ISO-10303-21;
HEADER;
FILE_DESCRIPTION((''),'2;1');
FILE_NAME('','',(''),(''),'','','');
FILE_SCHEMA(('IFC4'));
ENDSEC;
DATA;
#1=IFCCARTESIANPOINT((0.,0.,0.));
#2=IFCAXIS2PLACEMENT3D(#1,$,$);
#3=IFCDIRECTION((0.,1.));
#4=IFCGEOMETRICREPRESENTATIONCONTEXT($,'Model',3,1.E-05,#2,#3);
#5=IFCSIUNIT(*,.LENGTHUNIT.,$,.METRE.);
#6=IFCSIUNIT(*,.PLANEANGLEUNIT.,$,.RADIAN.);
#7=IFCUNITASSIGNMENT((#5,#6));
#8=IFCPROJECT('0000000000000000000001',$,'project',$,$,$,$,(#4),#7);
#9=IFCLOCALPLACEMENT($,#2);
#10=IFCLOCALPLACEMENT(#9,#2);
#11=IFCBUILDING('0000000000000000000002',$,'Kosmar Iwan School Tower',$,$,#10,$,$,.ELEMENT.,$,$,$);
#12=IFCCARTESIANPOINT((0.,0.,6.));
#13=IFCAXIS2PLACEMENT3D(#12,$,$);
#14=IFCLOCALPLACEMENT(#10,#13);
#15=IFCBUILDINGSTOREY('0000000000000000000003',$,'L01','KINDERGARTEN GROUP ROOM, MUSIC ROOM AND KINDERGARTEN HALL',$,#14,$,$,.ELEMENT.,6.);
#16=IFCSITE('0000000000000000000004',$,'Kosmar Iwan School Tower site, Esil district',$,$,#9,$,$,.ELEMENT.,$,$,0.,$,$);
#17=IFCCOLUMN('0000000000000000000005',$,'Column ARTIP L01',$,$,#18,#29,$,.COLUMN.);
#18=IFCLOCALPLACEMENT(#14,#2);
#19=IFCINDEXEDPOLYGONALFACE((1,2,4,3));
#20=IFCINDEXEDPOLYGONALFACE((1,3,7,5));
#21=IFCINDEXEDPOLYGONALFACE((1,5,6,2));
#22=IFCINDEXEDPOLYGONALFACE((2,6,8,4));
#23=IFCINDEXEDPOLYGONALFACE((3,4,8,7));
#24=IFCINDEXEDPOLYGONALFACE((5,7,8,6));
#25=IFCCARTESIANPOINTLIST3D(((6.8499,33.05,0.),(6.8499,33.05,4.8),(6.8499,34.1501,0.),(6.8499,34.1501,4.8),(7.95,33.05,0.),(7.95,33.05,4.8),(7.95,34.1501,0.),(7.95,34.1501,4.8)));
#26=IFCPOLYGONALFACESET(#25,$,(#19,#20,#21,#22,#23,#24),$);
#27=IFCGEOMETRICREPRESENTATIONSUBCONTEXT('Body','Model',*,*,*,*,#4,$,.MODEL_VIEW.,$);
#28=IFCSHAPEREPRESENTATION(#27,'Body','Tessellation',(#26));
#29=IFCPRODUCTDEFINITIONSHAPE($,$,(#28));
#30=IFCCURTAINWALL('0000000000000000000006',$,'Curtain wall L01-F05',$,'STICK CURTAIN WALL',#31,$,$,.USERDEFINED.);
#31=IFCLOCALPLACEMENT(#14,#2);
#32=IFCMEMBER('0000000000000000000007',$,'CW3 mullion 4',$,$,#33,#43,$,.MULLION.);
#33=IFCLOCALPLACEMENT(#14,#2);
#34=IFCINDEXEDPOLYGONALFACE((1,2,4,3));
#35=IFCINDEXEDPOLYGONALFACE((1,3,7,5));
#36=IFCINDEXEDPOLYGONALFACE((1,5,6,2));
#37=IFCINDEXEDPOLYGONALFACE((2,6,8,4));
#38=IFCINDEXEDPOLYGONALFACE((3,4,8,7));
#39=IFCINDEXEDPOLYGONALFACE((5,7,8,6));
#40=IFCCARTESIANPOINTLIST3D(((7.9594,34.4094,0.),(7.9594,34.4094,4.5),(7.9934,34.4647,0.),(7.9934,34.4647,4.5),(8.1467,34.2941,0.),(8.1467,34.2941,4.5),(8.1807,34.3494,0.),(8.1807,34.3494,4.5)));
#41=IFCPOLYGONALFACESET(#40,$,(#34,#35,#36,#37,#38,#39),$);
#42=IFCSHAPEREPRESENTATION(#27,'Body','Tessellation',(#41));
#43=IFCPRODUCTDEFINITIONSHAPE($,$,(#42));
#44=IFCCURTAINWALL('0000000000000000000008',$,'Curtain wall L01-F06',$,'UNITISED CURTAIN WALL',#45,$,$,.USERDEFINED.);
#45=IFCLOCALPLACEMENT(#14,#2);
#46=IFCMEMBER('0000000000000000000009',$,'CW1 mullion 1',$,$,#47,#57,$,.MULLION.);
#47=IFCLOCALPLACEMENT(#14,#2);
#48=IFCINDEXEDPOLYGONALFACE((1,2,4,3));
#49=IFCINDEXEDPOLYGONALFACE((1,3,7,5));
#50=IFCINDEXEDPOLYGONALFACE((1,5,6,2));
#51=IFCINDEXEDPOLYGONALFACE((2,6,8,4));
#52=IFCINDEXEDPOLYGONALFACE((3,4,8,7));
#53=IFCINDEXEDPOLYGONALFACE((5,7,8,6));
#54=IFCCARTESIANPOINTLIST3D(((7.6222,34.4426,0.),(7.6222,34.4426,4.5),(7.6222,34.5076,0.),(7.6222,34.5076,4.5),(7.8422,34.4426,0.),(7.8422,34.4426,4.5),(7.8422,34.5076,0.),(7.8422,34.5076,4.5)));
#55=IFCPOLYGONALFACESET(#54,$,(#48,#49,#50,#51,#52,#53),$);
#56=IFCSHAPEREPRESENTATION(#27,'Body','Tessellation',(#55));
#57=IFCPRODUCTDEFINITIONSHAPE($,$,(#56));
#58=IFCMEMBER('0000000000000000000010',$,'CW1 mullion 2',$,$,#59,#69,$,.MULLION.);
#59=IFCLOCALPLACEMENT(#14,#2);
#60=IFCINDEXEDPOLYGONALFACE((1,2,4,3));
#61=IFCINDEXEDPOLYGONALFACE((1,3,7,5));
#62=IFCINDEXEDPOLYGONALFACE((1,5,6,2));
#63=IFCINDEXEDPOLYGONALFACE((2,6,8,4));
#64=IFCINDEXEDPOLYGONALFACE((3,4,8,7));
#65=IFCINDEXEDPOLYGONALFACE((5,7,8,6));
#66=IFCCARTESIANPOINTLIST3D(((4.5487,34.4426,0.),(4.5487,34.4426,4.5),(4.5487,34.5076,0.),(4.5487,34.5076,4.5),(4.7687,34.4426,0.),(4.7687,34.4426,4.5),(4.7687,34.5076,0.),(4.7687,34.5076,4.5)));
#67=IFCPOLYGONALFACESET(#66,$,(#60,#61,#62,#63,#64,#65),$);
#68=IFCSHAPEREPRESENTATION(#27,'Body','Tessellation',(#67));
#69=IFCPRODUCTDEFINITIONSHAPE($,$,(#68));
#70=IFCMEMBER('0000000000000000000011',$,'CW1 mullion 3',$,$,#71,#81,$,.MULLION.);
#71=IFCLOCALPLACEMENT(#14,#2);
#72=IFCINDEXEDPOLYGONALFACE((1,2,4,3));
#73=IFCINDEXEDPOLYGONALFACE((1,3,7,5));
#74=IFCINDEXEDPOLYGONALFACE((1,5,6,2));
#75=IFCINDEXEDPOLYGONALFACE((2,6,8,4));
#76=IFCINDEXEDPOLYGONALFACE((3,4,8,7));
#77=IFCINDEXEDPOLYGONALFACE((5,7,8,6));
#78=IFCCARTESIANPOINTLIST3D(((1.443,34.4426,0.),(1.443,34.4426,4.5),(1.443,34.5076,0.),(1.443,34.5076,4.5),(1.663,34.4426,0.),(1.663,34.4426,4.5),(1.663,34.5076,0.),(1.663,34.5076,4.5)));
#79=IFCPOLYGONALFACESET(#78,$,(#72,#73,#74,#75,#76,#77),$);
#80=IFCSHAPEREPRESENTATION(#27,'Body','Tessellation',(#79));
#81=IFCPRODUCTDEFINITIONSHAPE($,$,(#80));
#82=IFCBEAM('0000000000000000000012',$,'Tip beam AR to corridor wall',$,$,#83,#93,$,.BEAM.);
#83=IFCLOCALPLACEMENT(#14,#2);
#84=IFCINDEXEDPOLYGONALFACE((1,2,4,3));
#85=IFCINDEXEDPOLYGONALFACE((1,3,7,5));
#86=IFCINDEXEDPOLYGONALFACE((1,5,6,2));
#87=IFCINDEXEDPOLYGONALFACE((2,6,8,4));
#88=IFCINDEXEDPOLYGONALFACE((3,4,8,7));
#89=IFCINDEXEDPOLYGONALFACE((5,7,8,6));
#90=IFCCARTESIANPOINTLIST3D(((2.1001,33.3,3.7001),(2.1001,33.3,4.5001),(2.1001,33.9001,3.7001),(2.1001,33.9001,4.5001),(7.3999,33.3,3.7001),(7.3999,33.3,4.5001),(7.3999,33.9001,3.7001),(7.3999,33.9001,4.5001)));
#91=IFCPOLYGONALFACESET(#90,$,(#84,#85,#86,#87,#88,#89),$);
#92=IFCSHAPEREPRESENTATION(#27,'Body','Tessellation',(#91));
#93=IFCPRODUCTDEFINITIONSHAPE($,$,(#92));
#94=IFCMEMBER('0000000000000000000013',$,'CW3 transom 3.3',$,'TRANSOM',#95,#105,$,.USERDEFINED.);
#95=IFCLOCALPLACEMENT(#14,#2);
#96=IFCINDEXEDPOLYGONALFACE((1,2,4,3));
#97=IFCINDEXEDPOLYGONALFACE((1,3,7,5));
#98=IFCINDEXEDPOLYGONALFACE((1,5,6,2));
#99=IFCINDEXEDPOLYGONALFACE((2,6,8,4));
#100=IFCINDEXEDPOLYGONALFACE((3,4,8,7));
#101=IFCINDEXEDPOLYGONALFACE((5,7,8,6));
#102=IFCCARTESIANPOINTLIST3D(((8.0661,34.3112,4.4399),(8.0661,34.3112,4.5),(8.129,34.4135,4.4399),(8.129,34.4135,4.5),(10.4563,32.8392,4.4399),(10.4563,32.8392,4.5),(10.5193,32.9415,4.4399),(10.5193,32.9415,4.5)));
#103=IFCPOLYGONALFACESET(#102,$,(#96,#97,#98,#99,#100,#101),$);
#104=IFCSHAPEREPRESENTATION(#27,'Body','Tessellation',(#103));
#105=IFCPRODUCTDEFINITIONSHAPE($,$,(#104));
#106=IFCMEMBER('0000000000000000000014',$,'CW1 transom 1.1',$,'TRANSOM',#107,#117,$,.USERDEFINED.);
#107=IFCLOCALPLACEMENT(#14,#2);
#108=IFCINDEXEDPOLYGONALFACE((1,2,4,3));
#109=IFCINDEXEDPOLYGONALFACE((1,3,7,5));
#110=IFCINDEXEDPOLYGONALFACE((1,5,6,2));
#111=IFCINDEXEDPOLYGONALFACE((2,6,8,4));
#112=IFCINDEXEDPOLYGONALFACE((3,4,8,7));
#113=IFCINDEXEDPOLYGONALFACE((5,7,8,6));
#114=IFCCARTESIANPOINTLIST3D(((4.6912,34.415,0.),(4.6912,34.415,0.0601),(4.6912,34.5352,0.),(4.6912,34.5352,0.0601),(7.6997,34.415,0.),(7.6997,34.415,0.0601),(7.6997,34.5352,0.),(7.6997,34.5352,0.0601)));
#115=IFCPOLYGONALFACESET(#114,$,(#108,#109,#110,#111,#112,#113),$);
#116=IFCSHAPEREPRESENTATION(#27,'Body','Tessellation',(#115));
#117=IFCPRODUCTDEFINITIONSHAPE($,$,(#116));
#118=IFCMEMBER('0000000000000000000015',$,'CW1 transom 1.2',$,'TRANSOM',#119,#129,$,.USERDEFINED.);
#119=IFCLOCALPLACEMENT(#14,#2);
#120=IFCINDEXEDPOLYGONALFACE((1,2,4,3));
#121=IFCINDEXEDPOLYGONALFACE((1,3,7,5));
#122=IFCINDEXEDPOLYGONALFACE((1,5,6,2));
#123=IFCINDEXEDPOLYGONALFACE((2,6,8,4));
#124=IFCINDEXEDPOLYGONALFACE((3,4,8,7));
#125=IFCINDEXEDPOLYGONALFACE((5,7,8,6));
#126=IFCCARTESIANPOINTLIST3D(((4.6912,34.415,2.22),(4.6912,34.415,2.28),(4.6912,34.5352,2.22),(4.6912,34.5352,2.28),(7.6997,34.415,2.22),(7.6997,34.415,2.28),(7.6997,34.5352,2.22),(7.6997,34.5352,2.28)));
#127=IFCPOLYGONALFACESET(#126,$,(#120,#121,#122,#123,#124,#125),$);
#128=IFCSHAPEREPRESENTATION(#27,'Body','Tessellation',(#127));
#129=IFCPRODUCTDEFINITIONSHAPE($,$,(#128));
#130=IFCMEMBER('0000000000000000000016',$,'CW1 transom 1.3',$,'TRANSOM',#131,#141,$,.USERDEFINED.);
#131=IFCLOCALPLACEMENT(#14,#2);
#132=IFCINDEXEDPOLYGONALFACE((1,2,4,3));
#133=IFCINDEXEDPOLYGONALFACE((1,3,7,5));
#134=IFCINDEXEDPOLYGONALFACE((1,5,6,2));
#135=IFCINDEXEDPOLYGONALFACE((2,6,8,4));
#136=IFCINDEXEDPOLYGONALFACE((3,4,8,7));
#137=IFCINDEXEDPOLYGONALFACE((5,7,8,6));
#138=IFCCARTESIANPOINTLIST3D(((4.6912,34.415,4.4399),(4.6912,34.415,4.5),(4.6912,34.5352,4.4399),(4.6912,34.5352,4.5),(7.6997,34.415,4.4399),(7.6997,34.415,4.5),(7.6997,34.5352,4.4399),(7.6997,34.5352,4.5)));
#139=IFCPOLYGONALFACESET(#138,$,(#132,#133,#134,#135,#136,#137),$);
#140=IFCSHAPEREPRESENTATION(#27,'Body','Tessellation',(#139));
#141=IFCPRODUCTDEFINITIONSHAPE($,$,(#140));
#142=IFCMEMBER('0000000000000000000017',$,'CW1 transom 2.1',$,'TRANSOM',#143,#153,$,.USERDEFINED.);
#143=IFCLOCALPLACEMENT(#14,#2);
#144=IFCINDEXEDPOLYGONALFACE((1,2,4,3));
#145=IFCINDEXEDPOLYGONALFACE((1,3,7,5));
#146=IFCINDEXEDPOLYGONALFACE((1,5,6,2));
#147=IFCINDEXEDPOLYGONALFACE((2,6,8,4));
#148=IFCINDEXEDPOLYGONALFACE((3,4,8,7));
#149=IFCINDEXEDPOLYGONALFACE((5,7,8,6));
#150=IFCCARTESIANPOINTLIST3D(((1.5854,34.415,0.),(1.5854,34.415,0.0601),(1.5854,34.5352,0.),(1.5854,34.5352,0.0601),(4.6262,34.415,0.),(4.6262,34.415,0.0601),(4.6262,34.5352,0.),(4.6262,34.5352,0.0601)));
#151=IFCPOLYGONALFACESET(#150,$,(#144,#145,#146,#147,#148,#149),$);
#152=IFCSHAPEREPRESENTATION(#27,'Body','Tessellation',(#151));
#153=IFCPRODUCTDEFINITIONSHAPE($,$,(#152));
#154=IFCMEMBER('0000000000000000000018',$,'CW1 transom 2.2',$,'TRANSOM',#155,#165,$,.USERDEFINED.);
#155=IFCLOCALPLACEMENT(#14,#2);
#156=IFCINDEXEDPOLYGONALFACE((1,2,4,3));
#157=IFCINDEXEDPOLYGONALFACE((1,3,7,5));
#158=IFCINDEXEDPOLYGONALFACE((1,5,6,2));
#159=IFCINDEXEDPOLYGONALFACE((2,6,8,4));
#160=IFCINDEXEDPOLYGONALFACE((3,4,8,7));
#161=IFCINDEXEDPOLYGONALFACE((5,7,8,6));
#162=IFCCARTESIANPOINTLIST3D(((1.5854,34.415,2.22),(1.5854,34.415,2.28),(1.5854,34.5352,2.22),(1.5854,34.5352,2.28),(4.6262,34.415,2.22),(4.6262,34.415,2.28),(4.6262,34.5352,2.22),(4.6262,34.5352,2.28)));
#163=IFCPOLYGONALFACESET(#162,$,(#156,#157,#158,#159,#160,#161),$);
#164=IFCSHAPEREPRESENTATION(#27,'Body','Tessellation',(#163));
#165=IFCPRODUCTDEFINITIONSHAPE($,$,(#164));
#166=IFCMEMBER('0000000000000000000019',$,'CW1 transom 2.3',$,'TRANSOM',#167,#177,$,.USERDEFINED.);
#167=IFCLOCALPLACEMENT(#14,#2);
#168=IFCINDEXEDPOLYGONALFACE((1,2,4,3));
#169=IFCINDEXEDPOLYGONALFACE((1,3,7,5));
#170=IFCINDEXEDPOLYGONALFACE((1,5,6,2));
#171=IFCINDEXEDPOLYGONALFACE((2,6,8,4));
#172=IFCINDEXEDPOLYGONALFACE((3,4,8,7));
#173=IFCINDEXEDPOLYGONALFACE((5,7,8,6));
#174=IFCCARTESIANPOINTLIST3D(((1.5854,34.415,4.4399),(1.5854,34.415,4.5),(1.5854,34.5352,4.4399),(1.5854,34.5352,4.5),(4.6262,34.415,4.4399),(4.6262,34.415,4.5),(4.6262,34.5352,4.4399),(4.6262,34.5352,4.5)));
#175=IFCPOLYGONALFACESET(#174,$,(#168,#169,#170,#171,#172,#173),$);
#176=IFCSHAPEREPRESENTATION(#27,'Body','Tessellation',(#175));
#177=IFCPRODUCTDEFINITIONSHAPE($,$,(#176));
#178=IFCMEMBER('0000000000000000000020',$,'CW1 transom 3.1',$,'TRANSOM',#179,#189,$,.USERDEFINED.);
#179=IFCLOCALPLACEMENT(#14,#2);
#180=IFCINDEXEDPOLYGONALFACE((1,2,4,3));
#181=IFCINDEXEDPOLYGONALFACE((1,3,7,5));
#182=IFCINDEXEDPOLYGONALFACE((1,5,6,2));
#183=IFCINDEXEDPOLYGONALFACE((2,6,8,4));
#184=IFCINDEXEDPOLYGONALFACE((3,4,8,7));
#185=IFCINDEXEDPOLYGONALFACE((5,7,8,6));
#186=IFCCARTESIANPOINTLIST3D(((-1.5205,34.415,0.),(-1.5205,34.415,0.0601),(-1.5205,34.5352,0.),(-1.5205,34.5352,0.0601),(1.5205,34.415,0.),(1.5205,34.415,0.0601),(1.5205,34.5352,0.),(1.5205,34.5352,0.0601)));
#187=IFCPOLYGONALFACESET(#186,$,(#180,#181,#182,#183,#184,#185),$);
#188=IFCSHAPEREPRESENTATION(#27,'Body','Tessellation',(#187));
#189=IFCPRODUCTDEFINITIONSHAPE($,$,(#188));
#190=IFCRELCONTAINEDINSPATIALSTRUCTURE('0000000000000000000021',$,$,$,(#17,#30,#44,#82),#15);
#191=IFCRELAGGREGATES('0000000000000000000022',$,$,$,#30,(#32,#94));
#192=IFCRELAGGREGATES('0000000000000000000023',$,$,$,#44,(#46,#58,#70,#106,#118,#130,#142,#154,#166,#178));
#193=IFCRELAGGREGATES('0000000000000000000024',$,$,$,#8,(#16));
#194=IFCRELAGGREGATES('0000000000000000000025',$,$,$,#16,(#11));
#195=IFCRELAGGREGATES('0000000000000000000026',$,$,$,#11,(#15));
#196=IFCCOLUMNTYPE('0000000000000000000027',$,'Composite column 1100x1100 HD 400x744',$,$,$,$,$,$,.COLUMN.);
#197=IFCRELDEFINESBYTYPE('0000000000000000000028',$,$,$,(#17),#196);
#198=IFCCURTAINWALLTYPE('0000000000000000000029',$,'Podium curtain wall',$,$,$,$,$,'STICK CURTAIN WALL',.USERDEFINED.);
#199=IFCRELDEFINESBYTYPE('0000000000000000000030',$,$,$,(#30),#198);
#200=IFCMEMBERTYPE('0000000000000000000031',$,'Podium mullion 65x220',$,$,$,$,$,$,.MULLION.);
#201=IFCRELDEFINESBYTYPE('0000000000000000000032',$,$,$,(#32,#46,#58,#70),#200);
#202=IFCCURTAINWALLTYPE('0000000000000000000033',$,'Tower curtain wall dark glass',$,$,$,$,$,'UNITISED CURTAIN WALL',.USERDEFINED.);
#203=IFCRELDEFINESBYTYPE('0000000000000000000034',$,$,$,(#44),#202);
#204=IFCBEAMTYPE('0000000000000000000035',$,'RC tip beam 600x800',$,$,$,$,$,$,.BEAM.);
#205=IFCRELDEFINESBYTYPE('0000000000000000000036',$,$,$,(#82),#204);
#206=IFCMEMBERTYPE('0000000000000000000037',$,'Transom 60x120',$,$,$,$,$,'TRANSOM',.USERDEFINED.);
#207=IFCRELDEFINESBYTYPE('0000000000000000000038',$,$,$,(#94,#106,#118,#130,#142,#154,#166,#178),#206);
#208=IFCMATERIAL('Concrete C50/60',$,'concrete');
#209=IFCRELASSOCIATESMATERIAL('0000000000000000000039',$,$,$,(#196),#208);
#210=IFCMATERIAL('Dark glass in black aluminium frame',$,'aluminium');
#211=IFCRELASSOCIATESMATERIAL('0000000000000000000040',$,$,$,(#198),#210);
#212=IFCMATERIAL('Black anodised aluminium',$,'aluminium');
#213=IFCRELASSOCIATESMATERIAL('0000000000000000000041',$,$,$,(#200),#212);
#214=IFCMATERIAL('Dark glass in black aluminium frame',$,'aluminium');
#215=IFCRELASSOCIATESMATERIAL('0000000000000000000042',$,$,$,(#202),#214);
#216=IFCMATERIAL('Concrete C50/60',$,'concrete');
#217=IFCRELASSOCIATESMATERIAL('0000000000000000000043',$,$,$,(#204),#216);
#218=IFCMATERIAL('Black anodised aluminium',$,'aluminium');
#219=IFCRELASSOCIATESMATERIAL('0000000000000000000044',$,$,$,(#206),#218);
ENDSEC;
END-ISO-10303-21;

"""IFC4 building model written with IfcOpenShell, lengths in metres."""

from ifc_helpers import new_model, si_unit, direction, frame, origin, origin_2d, place, context, subcontext, project, spatial, rectangle, extrude, material, material_profile, profile_set, type_object, element, aggregate, save


model = new_model("IFC4")

# Units and contexts
model_context = context("Model", 3, precision=1e-05, world=origin(), true_north=direction((0.0, 1.0)))
body_context = subcontext(model_context, "Body", "Model", "MODEL_VIEW")
ifc_project = project(units=[si_unit("LENGTHUNIT", "METRE"), si_unit("PLANEANGLEUNIT", "RADIAN")], contexts=[model_context])

# Site, building, storey
site_placement = place(None, origin())
site = spatial("IfcSite", under=ifc_project, at=site_placement, Name="Kosmar Iwan School Tower site, Esil district", CompositionType="ELEMENT", RefElevation=0.0)
building_placement = place(site_placement, origin())
building = spatial("IfcBuilding", under=site, at=building_placement, Name="Kosmar Iwan School Tower", CompositionType="ELEMENT")
storey_placement = place(building_placement, frame((0.0, 0.0, 6.0)))
storey = spatial("IfcBuildingStorey", under=building, at=storey_placement, Name="L01", Description="KINDERGARTEN GROUP ROOM, MUSIC ROOM AND KINDERGARTEN HALL", CompositionType="ELEMENT", Elevation=6.0)

# Column
ifc_material_1 = material(Name="Concrete C50/60", Category="concrete")
ifc_material_profile_1 = material_profile(ifc_material_1, rectangle(XDim=1.1001, YDim=1.1001, at=origin_2d()), Name="RC 1100x1100 + HD 400x744")
ifc_profile_set_1 = profile_set([ifc_material_profile_1], Name="Concrete C50/60")
column_type = type_object("IfcColumnType", Name="Composite column 1100x1100 HD 400x744", PredefinedType="COLUMN", material=ifc_profile_set_1)
column_placement = place(storey_placement, frame((7.3999, 33.6001, 0.0), z_axis=(0.0, 0.0, 1.0), x_axis=(0.0, 1.0, 0.0)))
element("IfcColumn", 1, at=column_placement, inside=storey, type_object=column_type, Name="Column ARTIP L01", PredefinedType="COLUMN", context=body_context, shape_type="SweptSolid", body=[
    extrude(rectangle(XDim=1.1001, YDim=1.1001, at=origin_2d()), origin(), (0.0, 0.0, 1.0), 4.8),
])

# Curtain wall, member
ifc_material_2 = material(Name="Dark glass in black aluminium frame", Category="aluminium")
curtain_wall_type_1 = type_object("IfcCurtainWallType", Name="Podium curtain wall", ElementType="STICK CURTAIN WALL", PredefinedType="USERDEFINED", material=ifc_material_2)
curtain_wall_1_placement = place(storey_placement, origin())
curtain_wall_1 = element("IfcCurtainWall", 2, at=curtain_wall_1_placement, inside=storey, type_object=curtain_wall_type_1, Name="Curtain wall L01-F05", ObjectType="STICK CURTAIN WALL", PredefinedType="USERDEFINED")
ifc_material_3 = material(Name="Black anodised aluminium", Category="aluminium")
ifc_material_profile_2 = material_profile(ifc_material_3, rectangle(XDim=0.0649, YDim=0.22, at=origin_2d()), Name="MULLION 65x220")
ifc_profile_set_2 = profile_set([ifc_material_profile_2], Name="Black anodised aluminium")
member_type_1 = type_object("IfcMemberType", Name="Podium mullion 65x220", PredefinedType="MULLION", material=ifc_profile_set_2)
member_1_placement = place(storey_placement, frame((8.0701, 34.3794, 0.0), z_axis=(0.0, 0.0, 1.0), x_axis=(-0.524382, -0.851483, 0.0)))
member_1 = element("IfcMember", 3, at=member_1_placement, type_object=member_type_1, Name="CW3 mullion 4", PredefinedType="MULLION", context=body_context, shape_type="SweptSolid", body=[
    extrude(rectangle(XDim=0.0649, YDim=0.22, at=origin_2d()), origin(), (0.0, 0.0, 1.0), 4.5),
])

# Curtain wall, members
ifc_material_4 = material(Name="Dark glass in black aluminium frame", Category="aluminium")
curtain_wall_type_2 = type_object("IfcCurtainWallType", Name="Tower curtain wall dark glass", ElementType="UNITISED CURTAIN WALL", PredefinedType="USERDEFINED", material=ifc_material_4)
curtain_wall_2_placement = place(storey_placement, origin())
curtain_wall_2 = element("IfcCurtainWall", 4, at=curtain_wall_2_placement, inside=storey, type_object=curtain_wall_type_2, Name="Curtain wall L01-F06", ObjectType="UNITISED CURTAIN WALL", PredefinedType="USERDEFINED")
member_2_placement = place(storey_placement, frame((7.7322, 34.4751, 0.0), z_axis=(0.0, 0.0, 1.0), x_axis=(0.0, -1.0, 0.0)))
member_2 = element("IfcMember", 5, at=member_2_placement, type_object=member_type_1, Name="CW1 mullion 1", PredefinedType="MULLION", context=body_context, shape_type="SweptSolid", body=[
    extrude(rectangle(XDim=0.0649, YDim=0.22, at=origin_2d()), origin(), (0.0, 0.0, 1.0), 4.5),
])
member_3_placement = place(storey_placement, frame((4.6587, 34.4751, 0.0), z_axis=(0.0, 0.0, 1.0), x_axis=(0.0, -1.0, 0.0)))
member_3 = element("IfcMember", 6, at=member_3_placement, type_object=member_type_1, Name="CW1 mullion 2", PredefinedType="MULLION", context=body_context, shape_type="SweptSolid", body=[
    extrude(rectangle(XDim=0.0649, YDim=0.22, at=origin_2d()), origin(), (0.0, 0.0, 1.0), 4.5),
])
member_4_placement = place(storey_placement, frame((1.553, 34.4751, 0.0), z_axis=(0.0, 0.0, 1.0), x_axis=(0.0, -1.0, 0.0)))
member_4 = element("IfcMember", 7, at=member_4_placement, type_object=member_type_1, Name="CW1 mullion 3", PredefinedType="MULLION", context=body_context, shape_type="SweptSolid", body=[
    extrude(rectangle(XDim=0.0649, YDim=0.22, at=origin_2d()), origin(), (0.0, 0.0, 1.0), 4.5),
])

# Beam
ifc_material_5 = material(Name="Concrete C50/60", Category="concrete")
ifc_material_profile_3 = material_profile(ifc_material_5, rectangle(XDim=0.6001, YDim=0.8, at=origin_2d()), Name="RC 600x800")
ifc_profile_set_3 = profile_set([ifc_material_profile_3], Name="Concrete C50/60")
beam_type = type_object("IfcBeamType", Name="RC tip beam 600x800", PredefinedType="BEAM", material=ifc_profile_set_3)
beam_placement = place(storey_placement, frame((7.3999, 33.6001, 4.1001), z_axis=(-1.0, 0.0, 0.0), x_axis=(0.0, -1.0, 0.0)))
element("IfcBeam", 8, at=beam_placement, inside=storey, type_object=beam_type, Name="Tip beam AR to corridor wall", PredefinedType="BEAM", context=body_context, shape_type="SweptSolid", body=[
    extrude(rectangle(XDim=0.6001, YDim=0.8, at=origin_2d()), origin(), (0.0, 0.0, 1.0), 5.2998),
])

# Members
ifc_material_6 = material(Name="Black anodised aluminium", Category="aluminium")
ifc_material_profile_4 = material_profile(ifc_material_6, rectangle(XDim=0.1201, YDim=0.0601, at=origin_2d()), Name="TRANSOM 60x120")
ifc_profile_set_4 = profile_set([ifc_material_profile_4], Name="Black anodised aluminium")
member_type_2 = type_object("IfcMemberType", Name="Transom 60x120", ElementType="TRANSOM", PredefinedType="USERDEFINED", material=ifc_profile_set_4)
member_5_placement = place(storey_placement, frame((10.4878, 32.8904, 4.47), z_axis=(-0.851488, 0.524374, 0.0), x_axis=(-0.524374, -0.851488, 0.0)))
member_5 = element("IfcMember", 9, at=member_5_placement, type_object=member_type_2, Name="CW3 transom 3.3", ObjectType="TRANSOM", PredefinedType="USERDEFINED", context=body_context, shape_type="SweptSolid", body=[
    extrude(rectangle(XDim=0.1201, YDim=0.0601, at=origin_2d()), origin(), (0.0, 0.0, 1.0), 2.8071),
])
member_6_placement = place(storey_placement, frame((7.6997, 34.4751, 0.03), z_axis=(-1.0, 0.0, 0.0), x_axis=(0.0, -1.0, 0.0)))
member_6 = element("IfcMember", 10, at=member_6_placement, type_object=member_type_2, Name="CW1 transom 1.1", ObjectType="TRANSOM", PredefinedType="USERDEFINED", context=body_context, shape_type="SweptSolid", body=[
    extrude(rectangle(XDim=0.1201, YDim=0.0601, at=origin_2d()), origin(), (0.0, 0.0, 1.0), 3.0085),
])
member_7_placement = place(storey_placement, frame((7.6997, 34.4751, 2.25), z_axis=(-1.0, 0.0, 0.0), x_axis=(0.0, -1.0, 0.0)))
member_7 = element("IfcMember", 11, at=member_7_placement, type_object=member_type_2, Name="CW1 transom 1.2", ObjectType="TRANSOM", PredefinedType="USERDEFINED", context=body_context, shape_type="SweptSolid", body=[
    extrude(rectangle(XDim=0.1201, YDim=0.0601, at=origin_2d()), origin(), (0.0, 0.0, 1.0), 3.0085),
])
member_8_placement = place(storey_placement, frame((7.6997, 34.4751, 4.47), z_axis=(-1.0, 0.0, 0.0), x_axis=(0.0, -1.0, 0.0)))
member_8 = element("IfcMember", 12, at=member_8_placement, type_object=member_type_2, Name="CW1 transom 1.3", ObjectType="TRANSOM", PredefinedType="USERDEFINED", context=body_context, shape_type="SweptSolid", body=[
    extrude(rectangle(XDim=0.1201, YDim=0.0601, at=origin_2d()), origin(), (0.0, 0.0, 1.0), 3.0085),
])
member_9_placement = place(storey_placement, frame((4.6262, 34.4751, 0.03), z_axis=(-1.0, 0.0, 0.0), x_axis=(0.0, -1.0, 0.0)))
member_9 = element("IfcMember", 13, at=member_9_placement, type_object=member_type_2, Name="CW1 transom 2.1", ObjectType="TRANSOM", PredefinedType="USERDEFINED", context=body_context, shape_type="SweptSolid", body=[
    extrude(rectangle(XDim=0.1201, YDim=0.0601, at=origin_2d()), origin(), (0.0, 0.0, 1.0), 3.0408),
])
member_10_placement = place(storey_placement, frame((4.6262, 34.4751, 2.25), z_axis=(-1.0, 0.0, 0.0), x_axis=(0.0, -1.0, 0.0)))
member_10 = element("IfcMember", 14, at=member_10_placement, type_object=member_type_2, Name="CW1 transom 2.2", ObjectType="TRANSOM", PredefinedType="USERDEFINED", context=body_context, shape_type="SweptSolid", body=[
    extrude(rectangle(XDim=0.1201, YDim=0.0601, at=origin_2d()), origin(), (0.0, 0.0, 1.0), 3.0408),
])
member_11_placement = place(storey_placement, frame((4.6262, 34.4751, 4.47), z_axis=(-1.0, 0.0, 0.0), x_axis=(0.0, -1.0, 0.0)))
member_11 = element("IfcMember", 15, at=member_11_placement, type_object=member_type_2, Name="CW1 transom 2.3", ObjectType="TRANSOM", PredefinedType="USERDEFINED", context=body_context, shape_type="SweptSolid", body=[
    extrude(rectangle(XDim=0.1201, YDim=0.0601, at=origin_2d()), origin(), (0.0, 0.0, 1.0), 3.0408),
])
member_12_placement = place(storey_placement, frame((1.5205, 34.4751, 0.03), z_axis=(-1.0, 0.0, 0.0), x_axis=(0.0, -1.0, 0.0)))
member_12 = element("IfcMember", 16, at=member_12_placement, type_object=member_type_2, Name="CW1 transom 3.1", ObjectType="TRANSOM", PredefinedType="USERDEFINED", context=body_context, shape_type="SweptSolid", body=[
    extrude(rectangle(XDim=0.1201, YDim=0.0601, at=origin_2d()), origin(), (0.0, 0.0, 1.0), 3.041),
])

aggregate(curtain_wall_1, [member_1, member_5])
aggregate(curtain_wall_2, [member_2, member_3, member_4, member_6, member_7, member_8, member_9, member_10, member_11, member_12])

save(model, "model.ifc")
